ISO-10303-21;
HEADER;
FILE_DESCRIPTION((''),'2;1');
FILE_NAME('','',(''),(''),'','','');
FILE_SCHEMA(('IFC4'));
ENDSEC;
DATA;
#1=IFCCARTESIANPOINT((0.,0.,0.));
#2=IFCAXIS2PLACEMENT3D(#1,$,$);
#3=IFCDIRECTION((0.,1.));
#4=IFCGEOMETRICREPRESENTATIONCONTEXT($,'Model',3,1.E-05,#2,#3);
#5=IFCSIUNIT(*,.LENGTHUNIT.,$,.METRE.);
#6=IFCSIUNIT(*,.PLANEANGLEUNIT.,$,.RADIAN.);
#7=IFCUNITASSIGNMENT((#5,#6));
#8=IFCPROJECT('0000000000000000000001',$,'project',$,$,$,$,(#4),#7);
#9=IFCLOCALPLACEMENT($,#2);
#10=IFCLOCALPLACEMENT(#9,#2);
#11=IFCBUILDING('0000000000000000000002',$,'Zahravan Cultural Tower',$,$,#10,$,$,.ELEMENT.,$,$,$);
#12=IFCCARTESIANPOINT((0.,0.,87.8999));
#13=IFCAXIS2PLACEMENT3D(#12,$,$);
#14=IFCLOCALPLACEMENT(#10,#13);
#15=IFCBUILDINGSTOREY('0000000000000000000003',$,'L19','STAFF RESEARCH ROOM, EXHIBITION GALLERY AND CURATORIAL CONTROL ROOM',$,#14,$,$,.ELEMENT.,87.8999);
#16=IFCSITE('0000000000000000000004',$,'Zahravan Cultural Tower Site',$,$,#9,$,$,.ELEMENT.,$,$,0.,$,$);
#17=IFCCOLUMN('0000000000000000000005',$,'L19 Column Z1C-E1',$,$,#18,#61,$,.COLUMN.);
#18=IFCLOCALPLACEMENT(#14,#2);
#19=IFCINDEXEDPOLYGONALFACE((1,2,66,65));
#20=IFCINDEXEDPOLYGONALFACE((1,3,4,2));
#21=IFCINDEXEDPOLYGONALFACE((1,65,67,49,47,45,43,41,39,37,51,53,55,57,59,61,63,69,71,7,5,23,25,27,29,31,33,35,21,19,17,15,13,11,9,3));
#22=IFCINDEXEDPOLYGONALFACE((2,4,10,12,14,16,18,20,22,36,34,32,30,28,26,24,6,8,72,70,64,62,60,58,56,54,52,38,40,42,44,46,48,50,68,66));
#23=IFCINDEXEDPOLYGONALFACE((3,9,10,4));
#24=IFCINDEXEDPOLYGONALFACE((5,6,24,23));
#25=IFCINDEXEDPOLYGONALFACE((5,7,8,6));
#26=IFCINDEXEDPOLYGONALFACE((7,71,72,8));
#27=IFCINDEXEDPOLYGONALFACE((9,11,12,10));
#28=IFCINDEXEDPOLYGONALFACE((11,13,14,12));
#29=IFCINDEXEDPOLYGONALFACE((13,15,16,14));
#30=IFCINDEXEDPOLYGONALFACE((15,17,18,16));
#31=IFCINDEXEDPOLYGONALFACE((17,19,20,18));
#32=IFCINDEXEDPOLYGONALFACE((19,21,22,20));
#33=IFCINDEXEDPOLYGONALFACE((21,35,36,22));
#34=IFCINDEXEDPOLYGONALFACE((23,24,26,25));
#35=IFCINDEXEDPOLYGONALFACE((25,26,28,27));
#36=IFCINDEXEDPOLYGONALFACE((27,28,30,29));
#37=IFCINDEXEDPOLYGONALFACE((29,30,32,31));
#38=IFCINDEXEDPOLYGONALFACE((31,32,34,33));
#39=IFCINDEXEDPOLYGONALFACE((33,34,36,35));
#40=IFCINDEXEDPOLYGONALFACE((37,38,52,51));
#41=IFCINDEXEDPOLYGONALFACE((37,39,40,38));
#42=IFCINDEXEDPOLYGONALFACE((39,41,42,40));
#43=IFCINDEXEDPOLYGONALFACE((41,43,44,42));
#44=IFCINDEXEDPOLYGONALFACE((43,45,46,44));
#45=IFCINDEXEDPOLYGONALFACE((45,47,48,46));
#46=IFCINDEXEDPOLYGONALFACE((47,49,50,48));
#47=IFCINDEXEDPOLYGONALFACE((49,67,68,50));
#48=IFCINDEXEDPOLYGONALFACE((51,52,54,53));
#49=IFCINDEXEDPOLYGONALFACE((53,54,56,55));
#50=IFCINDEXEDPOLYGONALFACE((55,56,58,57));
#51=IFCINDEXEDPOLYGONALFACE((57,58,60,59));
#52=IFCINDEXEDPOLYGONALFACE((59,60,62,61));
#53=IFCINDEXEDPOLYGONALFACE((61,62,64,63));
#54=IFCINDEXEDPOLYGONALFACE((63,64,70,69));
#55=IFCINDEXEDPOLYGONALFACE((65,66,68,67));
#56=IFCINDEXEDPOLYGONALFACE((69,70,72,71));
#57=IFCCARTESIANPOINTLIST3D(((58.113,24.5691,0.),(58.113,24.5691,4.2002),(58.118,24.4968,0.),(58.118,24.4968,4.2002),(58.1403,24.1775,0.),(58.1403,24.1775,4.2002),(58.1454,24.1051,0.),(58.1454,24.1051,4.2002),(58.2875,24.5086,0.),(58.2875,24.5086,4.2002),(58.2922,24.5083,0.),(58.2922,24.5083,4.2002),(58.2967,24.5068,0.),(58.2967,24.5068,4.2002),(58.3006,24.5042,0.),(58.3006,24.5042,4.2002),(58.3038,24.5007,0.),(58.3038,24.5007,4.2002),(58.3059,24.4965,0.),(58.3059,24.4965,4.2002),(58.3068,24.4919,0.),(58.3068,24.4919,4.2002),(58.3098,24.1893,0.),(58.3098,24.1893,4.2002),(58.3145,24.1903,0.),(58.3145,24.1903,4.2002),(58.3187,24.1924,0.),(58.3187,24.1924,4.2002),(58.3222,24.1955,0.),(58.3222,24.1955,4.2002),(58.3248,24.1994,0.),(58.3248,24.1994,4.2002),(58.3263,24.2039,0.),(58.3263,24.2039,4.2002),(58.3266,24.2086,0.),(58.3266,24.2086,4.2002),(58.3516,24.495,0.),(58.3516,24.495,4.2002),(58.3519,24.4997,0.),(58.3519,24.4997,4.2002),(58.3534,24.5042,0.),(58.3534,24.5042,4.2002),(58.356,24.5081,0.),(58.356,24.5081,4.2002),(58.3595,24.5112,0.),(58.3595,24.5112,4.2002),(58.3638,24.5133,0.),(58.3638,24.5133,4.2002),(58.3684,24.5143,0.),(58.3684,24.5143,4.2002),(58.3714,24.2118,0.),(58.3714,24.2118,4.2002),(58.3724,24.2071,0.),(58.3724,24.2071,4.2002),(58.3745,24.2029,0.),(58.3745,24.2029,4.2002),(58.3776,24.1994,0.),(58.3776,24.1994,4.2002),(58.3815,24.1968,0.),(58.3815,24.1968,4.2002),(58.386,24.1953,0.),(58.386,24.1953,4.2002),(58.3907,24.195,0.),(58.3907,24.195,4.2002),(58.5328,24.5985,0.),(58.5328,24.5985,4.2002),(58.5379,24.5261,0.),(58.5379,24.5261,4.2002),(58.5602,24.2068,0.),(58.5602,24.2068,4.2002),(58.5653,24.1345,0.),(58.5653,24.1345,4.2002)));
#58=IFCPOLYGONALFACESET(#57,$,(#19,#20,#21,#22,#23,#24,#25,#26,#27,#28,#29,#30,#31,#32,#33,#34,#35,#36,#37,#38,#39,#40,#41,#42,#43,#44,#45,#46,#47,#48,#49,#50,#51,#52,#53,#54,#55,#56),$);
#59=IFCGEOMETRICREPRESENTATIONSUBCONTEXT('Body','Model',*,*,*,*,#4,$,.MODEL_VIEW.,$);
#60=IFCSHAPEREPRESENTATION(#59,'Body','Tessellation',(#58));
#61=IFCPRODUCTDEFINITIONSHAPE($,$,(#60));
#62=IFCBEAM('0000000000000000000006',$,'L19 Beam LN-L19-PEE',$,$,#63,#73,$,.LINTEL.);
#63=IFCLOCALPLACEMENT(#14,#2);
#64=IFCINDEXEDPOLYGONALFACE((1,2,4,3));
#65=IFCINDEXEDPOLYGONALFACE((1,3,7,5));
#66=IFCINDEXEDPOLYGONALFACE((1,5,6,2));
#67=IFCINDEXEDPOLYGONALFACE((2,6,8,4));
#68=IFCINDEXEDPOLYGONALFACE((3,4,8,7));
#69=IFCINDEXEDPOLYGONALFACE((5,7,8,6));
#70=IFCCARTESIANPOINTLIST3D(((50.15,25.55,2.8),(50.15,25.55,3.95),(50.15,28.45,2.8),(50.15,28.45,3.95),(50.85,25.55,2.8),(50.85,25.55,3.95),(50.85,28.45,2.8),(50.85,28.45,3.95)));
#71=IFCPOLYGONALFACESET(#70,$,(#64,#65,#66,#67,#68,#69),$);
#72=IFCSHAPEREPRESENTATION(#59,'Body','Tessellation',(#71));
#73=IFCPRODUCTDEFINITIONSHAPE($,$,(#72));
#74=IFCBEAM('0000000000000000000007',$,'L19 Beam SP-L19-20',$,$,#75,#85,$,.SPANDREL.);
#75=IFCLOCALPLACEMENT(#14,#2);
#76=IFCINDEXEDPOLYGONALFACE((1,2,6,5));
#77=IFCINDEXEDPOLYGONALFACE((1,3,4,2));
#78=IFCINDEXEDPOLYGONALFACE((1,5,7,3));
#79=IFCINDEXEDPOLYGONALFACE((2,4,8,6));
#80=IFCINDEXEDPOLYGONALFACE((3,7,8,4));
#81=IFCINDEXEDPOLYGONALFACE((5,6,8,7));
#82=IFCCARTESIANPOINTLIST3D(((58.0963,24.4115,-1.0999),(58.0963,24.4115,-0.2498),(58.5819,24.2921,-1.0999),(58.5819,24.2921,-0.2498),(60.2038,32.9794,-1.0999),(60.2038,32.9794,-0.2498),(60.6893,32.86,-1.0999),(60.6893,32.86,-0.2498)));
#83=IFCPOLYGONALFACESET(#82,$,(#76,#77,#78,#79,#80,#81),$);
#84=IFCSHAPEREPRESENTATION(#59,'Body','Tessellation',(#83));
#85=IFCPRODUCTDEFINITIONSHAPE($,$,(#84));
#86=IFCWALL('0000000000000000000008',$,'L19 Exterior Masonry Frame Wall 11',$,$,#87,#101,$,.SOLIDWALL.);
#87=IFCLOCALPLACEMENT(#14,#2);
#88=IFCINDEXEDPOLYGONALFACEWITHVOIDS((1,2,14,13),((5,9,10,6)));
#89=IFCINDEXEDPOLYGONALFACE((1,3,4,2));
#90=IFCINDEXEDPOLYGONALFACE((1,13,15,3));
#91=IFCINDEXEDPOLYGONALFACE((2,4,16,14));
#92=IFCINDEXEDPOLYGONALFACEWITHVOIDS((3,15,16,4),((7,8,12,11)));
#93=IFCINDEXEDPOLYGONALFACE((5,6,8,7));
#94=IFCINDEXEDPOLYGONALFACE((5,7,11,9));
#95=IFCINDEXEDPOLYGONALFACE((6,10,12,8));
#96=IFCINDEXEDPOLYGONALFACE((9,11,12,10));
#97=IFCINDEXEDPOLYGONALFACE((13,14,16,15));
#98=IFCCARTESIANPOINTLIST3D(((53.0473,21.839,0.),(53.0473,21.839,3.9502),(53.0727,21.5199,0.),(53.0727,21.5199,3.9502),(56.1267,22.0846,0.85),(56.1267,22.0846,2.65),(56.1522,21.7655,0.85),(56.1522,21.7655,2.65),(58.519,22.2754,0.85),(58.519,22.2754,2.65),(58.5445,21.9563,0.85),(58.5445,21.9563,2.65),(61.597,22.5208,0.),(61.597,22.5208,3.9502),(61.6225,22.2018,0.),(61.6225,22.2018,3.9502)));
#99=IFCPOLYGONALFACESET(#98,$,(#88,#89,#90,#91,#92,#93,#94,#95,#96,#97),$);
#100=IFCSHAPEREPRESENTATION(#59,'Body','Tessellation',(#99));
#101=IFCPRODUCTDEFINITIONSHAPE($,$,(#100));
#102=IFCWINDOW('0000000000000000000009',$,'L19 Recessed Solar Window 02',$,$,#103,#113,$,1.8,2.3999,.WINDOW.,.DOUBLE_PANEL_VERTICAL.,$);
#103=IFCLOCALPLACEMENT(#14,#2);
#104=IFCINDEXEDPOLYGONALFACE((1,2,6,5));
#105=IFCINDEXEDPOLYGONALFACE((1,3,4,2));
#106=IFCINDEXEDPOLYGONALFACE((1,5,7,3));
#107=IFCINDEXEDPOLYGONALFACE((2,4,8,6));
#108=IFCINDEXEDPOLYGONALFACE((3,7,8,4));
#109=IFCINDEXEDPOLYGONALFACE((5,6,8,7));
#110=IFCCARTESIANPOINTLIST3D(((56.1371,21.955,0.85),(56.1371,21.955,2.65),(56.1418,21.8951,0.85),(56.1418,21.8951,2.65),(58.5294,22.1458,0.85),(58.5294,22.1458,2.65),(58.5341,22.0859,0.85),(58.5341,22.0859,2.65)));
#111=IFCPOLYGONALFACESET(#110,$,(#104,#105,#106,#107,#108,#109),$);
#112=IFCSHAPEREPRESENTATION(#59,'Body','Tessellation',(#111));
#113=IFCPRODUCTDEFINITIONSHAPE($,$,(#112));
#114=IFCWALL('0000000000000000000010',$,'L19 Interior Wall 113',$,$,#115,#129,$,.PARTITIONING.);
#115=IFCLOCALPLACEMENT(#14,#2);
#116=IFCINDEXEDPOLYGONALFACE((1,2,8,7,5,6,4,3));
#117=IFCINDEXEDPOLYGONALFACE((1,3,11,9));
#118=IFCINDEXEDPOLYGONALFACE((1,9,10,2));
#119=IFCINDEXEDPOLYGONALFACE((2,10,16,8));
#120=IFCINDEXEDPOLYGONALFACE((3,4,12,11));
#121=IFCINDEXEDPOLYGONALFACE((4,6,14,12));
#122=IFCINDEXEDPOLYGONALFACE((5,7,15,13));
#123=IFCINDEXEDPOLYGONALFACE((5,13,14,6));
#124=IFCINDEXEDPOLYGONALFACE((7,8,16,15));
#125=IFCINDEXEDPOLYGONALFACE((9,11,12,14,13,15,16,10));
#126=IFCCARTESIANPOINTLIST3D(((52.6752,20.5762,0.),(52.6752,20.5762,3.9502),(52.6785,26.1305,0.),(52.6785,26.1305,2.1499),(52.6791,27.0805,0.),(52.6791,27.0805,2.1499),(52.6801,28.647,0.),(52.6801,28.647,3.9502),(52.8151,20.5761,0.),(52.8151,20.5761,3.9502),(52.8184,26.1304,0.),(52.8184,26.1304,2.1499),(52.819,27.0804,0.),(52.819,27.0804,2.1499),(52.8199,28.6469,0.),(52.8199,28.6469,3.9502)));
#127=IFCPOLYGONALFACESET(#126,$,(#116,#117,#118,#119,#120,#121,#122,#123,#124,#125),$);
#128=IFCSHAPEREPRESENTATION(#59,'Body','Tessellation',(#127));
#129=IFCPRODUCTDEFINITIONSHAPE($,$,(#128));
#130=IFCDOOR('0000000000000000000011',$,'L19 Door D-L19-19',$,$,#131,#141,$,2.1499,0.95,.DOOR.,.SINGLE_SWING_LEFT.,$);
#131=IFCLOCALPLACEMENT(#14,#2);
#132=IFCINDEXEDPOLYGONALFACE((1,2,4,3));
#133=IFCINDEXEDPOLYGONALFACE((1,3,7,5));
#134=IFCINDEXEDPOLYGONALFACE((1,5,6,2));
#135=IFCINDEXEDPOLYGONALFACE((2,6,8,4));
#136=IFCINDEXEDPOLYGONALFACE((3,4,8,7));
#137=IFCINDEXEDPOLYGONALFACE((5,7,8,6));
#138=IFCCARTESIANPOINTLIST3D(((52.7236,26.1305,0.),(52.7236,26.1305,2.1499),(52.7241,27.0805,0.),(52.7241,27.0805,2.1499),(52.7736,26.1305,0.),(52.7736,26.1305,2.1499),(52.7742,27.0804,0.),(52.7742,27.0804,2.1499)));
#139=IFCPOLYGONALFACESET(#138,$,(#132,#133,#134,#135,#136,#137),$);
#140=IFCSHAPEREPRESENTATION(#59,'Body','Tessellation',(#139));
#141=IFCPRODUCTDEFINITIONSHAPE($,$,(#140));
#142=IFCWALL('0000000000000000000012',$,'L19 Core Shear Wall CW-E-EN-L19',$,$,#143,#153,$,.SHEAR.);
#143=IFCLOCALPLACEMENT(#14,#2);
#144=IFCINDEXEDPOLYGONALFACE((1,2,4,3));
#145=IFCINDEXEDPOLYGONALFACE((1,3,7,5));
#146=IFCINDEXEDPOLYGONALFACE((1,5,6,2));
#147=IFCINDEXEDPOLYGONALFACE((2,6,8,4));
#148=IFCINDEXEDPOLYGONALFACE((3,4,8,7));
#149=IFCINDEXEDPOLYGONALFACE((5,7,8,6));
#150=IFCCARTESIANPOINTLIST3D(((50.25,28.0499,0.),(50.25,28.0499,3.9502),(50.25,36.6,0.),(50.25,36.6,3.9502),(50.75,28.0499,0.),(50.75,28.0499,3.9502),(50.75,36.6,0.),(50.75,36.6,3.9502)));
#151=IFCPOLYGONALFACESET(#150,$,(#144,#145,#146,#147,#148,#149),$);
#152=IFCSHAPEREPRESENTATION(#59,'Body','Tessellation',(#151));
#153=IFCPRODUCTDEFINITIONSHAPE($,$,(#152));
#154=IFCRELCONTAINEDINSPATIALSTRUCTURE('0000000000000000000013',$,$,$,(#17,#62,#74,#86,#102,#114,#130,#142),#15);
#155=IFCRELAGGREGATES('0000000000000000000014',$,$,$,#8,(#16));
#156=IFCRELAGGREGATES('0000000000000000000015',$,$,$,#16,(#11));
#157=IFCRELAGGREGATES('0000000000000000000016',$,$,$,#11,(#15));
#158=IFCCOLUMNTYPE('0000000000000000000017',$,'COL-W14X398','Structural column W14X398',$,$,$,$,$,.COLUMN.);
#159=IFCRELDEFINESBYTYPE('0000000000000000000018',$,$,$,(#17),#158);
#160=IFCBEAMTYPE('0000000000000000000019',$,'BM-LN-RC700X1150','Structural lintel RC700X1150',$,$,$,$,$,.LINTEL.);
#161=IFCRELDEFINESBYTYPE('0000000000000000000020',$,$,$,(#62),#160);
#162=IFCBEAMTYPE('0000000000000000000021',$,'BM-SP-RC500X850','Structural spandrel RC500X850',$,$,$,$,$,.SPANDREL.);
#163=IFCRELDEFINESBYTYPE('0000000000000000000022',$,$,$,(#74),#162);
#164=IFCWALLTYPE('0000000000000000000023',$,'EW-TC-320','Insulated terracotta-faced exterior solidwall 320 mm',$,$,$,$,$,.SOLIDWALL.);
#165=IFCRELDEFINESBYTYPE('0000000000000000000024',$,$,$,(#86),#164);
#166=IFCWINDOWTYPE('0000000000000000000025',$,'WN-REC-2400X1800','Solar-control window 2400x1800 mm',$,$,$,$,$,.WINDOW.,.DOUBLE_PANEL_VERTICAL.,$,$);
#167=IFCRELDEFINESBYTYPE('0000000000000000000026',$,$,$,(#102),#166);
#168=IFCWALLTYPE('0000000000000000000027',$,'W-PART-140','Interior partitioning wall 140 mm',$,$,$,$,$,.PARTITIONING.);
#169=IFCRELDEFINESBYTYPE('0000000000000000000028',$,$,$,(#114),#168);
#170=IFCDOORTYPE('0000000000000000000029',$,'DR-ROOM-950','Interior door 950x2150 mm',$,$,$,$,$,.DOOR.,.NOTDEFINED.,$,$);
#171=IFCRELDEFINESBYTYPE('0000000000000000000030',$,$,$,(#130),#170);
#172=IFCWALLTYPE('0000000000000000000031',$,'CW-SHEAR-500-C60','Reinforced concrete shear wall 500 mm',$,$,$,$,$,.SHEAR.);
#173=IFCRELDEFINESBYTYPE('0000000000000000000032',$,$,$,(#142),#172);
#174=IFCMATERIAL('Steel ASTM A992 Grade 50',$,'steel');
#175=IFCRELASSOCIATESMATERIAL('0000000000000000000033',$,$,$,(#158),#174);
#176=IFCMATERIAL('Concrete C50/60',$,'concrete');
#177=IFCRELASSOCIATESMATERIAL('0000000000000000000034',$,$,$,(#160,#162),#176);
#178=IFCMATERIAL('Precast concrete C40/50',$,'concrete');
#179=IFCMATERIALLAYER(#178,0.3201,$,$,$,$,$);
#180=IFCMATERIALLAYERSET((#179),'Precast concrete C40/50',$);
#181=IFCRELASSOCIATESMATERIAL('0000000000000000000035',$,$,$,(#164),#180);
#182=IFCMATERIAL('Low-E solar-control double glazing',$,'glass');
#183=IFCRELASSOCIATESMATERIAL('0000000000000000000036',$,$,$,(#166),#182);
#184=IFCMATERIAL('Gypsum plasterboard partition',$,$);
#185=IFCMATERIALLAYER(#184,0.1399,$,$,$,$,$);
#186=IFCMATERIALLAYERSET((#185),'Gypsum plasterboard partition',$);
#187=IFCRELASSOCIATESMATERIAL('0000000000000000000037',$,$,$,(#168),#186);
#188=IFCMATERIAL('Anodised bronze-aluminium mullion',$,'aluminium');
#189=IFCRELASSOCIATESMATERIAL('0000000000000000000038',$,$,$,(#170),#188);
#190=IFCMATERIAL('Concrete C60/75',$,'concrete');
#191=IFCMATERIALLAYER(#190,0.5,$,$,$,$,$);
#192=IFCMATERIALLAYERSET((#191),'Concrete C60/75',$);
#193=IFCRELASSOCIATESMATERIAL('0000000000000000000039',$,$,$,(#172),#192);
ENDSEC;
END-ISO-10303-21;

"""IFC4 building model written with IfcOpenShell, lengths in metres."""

from ifc_helpers import new_model, si_unit, direction, frame, frame_2d, origin, origin_2d, place, context, subcontext, project, spatial, rectangle, i_section, extrude, source, transform, mapped, material, layer, layer_set, material_profile, profile_set, type_object, element, fill, save


model = new_model("IFC4")

# Units and contexts
model_context = context("Model", 3, precision=1e-05, world=origin(), true_north=direction((0.0, 1.0)))
body_context = subcontext(model_context, "Body", "Model", "MODEL_VIEW")
ifc_project = project(units=[si_unit("LENGTHUNIT", "METRE"), si_unit("PLANEANGLEUNIT", "RADIAN")], contexts=[model_context])

# Site, building, storey
site_placement = place(None, origin())
site = spatial("IfcSite", under=ifc_project, at=site_placement, Name="Zahravan Cultural Tower Site", CompositionType="ELEMENT", RefElevation=0.0)
building_placement = place(site_placement, origin())
building = spatial("IfcBuilding", under=site, at=building_placement, Name="Zahravan Cultural Tower", CompositionType="ELEMENT")
storey_placement = place(building_placement, frame((0.0, 0.0, 87.8999)))
storey = spatial("IfcBuildingStorey", under=building, at=storey_placement, Name="L19", Description="STAFF RESEARCH ROOM, EXHIBITION GALLERY AND CURATORIAL CONTROL ROOM", CompositionType="ELEMENT", Elevation=87.8999)

# Column
ifc_material_1 = material(Name="Steel ASTM A992 Grade 50", Category="steel")
ifc_material_profile_1 = material_profile(ifc_material_1, i_section(OverallWidth=0.4209, OverallDepth=0.4651, WebThickness=0.0449, FlangeThickness=0.0725, FilletRadius=0.0181, at=origin_2d()), Name="W14X398")
ifc_profile_set_1 = profile_set([ifc_material_profile_1], Name="Steel ASTM A992 Grade 50")
column_type = type_object("IfcColumnType", Name="COL-W14X398", Description="Structural column W14X398", PredefinedType="COLUMN", material=ifc_profile_set_1)
shared_shape_1 = source(origin(), body_context, "Body", "SweptSolid", [
    extrude(i_section(OverallWidth=0.4209, OverallDepth=0.4651, WebThickness=0.0449, FlangeThickness=0.0725, FilletRadius=0.0181, at=origin_2d()), origin(), (0.0, 0.0, 1.0), 4.2002),
])
column_placement = place(storey_placement, frame((58.3391, 24.3518, 0.0), z_axis=(0.0, 0.0, 1.0), x_axis=(0.997564, 0.069756, 0.0)))
element("IfcColumn", 1, at=column_placement, inside=storey, type_object=column_type, Name="L19 Column Z1C-E1", PredefinedType="COLUMN", context=body_context, shape_type="MappedRepresentation", body=[
    mapped(shared_shape_1, transform((0.0, 0.0, 0.0), x_axis=(1.0, 0.0, 0.0), y_axis=(0.0, 1.0, 0.0), z_axis=(0.0, 0.0, 1.0), scale=1.0)),
])

# Beams
ifc_material_2 = material(Name="Concrete C50/60", Category="concrete")
ifc_material_profile_2 = material_profile(ifc_material_2, rectangle(XDim=0.7, YDim=1.1499, at=origin_2d()), Name="RC700X1150")
ifc_profile_set_2 = profile_set([ifc_material_profile_2], Name="Concrete C50/60")
beam_type_1 = type_object("IfcBeamType", Name="BM-LN-RC700X1150", Description="Structural lintel RC700X1150", PredefinedType="LINTEL", material=ifc_profile_set_2)
shared_shape_2 = source(origin(), body_context, "Body", "SweptSolid", [
    extrude(rectangle(XDim=0.7, YDim=1.1499, at=origin_2d()), origin(), (0.0, 0.0, 1.0), 2.8999),
])
beam_1_placement = place(storey_placement, frame((50.5, 25.55, 3.375), z_axis=(0.0, 1.0, 0.0), x_axis=(-1.0, 0.0, 0.0)))
element("IfcBeam", 2, at=beam_1_placement, inside=storey, type_object=beam_type_1, Name="L19 Beam LN-L19-PEE", PredefinedType="LINTEL", context=body_context, shape_type="MappedRepresentation", body=[
    mapped(shared_shape_2, transform((0.0, 0.0, 0.0), x_axis=(1.0, 0.0, 0.0), y_axis=(0.0, 1.0, 0.0), z_axis=(0.0, 0.0, 1.0), scale=1.0)),
])
ifc_material_profile_3 = material_profile(ifc_material_2, rectangle(XDim=0.5, YDim=0.8501, at=origin_2d()), Name="RC500X850")
ifc_profile_set_3 = profile_set([ifc_material_profile_3], Name="Concrete C50/60")
beam_type_2 = type_object("IfcBeamType", Name="BM-SP-RC500X850", Description="Structural spandrel RC500X850", PredefinedType="SPANDREL", material=ifc_profile_set_3)
shared_shape_3 = source(origin(), body_context, "Body", "SweptSolid", [
    extrude(rectangle(XDim=0.5, YDim=0.8501, at=origin_2d()), origin(), (0.0, 0.0, 1.0), 8.8232),
])
beam_2_placement = place(storey_placement, frame((58.3391, 24.3518, -0.6748), z_axis=(0.238849, 0.971057, 0.0), x_axis=(-0.971057, 0.238849, 0.0)))
element("IfcBeam", 3, at=beam_2_placement, inside=storey, type_object=beam_type_2, Name="L19 Beam SP-L19-20", PredefinedType="SPANDREL", context=body_context, shape_type="MappedRepresentation", body=[
    mapped(shared_shape_3, transform((0.0, 0.0, 0.0), x_axis=(1.0, 0.0, 0.0), y_axis=(0.0, 1.0, 0.0), z_axis=(0.0, 0.0, 1.0), scale=1.0)),
])

# Wall, opening, window
ifc_material_3 = material(Name="Precast concrete C40/50", Category="concrete")
ifc_layer_1 = layer(ifc_material_3, 0.3201)
ifc_layer_set_1 = layer_set([ifc_layer_1], Name="Precast concrete C40/50")
wall_type_1 = type_object("IfcWallType", Name="EW-TC-320", Description="Insulated terracotta-faced exterior solidwall 320 mm", PredefinedType="SOLIDWALL", material=ifc_layer_set_1)
wall_1_placement = place(storey_placement, frame((61.6099, 22.3613, 0.0), z_axis=(0.0, 0.0, 1.0), x_axis=(-0.996835, -0.079502, 0.0)))
wall_1 = element("IfcWall", 4, at=wall_1_placement, inside=storey, type_object=wall_type_1, Name="L19 Exterior Masonry Frame Wall 11", PredefinedType="SOLIDWALL", context=body_context, shape_type="SweptSolid", body=[
    extrude(rectangle(XDim=8.5769, YDim=0.3201, at=frame_2d((4.2886, 0.0))), origin(), (0.0, 0.0, 1.0), 3.9502),
])
opening_1_placement = place(wall_1_placement, frame((3.0879, 0.0, 0.8501)))
opening_1 = element("IfcOpeningElement", 5, at=opening_1_placement, cuts=wall_1, PredefinedType="OPENING", context=body_context, shape_type="SweptSolid", body=[
    extrude(rectangle(XDim=2.3999, YDim=1.8, at=frame_2d((1.2, 0.8999))), frame((0.0, 0.1699, 0.0), z_axis=(0.0, -1.0, 0.0), x_axis=(1.0, 0.0, 0.0)), (0.0, 0.0, 1.0), 0.3401),
])
ifc_material_4 = material(Name="Low-E solar-control double glazing", Category="glass")
window_type = type_object("IfcWindowType", Name="WN-REC-2400X1800", Description="Solar-control window 2400x1800 mm", PartitioningType="DOUBLE_PANEL_VERTICAL", PredefinedType="WINDOW", material=ifc_material_4)
shared_shape_4 = source(origin(), body_context, "Body", "SweptSolid", [
    extrude(rectangle(XDim=2.3999, YDim=1.8, at=frame_2d((1.2, 0.8999))), frame((0.0, 0.03, 0.0), z_axis=(0.0, -1.0, 0.0), x_axis=(1.0, 0.0, 0.0)), (0.0, 0.0, 1.0), 0.0601),
])
window_placement = place(opening_1_placement, origin())
window = element("IfcWindow", 6, at=window_placement, inside=storey, type_object=window_type, Name="L19 Recessed Solar Window 02", OverallHeight=1.8, OverallWidth=2.3999, PartitioningType="DOUBLE_PANEL_VERTICAL", PredefinedType="WINDOW", context=body_context, shape_type="MappedRepresentation", body=[
    mapped(shared_shape_4, transform((0.0, 0.0, 0.0), x_axis=(1.0, 0.0, 0.0), y_axis=(0.0, 1.0, 0.0), z_axis=(0.0, 0.0, 1.0), scale=1.0)),
])
fill(opening_1, window)

# Wall, opening, door
ifc_material_5 = material(Name="Gypsum plasterboard partition")
ifc_layer_2 = layer(ifc_material_5, 0.1399)
ifc_layer_set_2 = layer_set([ifc_layer_2], Name="Gypsum plasterboard partition")
wall_type_2 = type_object("IfcWallType", Name="W-PART-140", Description="Interior partitioning wall 140 mm", PredefinedType="PARTITIONING", material=ifc_layer_set_2)
wall_2_placement = place(storey_placement, frame((52.7451, 20.5762, 0.0), z_axis=(0.0, 0.0, 1.0), x_axis=(0.000605, 1.0, 0.0)))
wall_2 = element("IfcWall", 7, at=wall_2_placement, inside=storey, type_object=wall_type_2, Name="L19 Interior Wall 113", PredefinedType="PARTITIONING", context=body_context, shape_type="SweptSolid", body=[
    extrude(rectangle(XDim=8.0708, YDim=0.1399, at=frame_2d((4.0354, 0.0))), origin(), (0.0, 0.0, 1.0), 3.9502),
])
opening_2_placement = place(wall_2_placement, frame((5.5542, 0.0, 0.0)))
opening_2 = element("IfcOpeningElement", 8, at=opening_2_placement, cuts=wall_2, PredefinedType="OPENING", context=body_context, shape_type="SweptSolid", body=[
    extrude(rectangle(XDim=0.95, YDim=2.1499, at=frame_2d((0.4751, 1.075))), frame((0.0, 0.0798, 0.0), z_axis=(0.0, -1.0, 0.0), x_axis=(1.0, 0.0, 0.0)), (0.0, 0.0, 1.0), 0.1599),
])
ifc_material_6 = material(Name="Anodised bronze-aluminium mullion", Category="aluminium")
door_type = type_object("IfcDoorType", Name="DR-ROOM-950", Description="Interior door 950x2150 mm", OperationType="NOTDEFINED", PredefinedType="DOOR", material=ifc_material_6)
shared_shape_5 = source(origin(), body_context, "Body", "SweptSolid", [
    extrude(rectangle(XDim=0.95, YDim=2.1499, at=frame_2d((0.4751, 1.075))), frame((0.0, 0.0249, 0.0), z_axis=(0.0, -1.0, 0.0), x_axis=(1.0, 0.0, 0.0)), (0.0, 0.0, 1.0), 0.05),
])
door_placement = place(opening_2_placement, origin())
door = element("IfcDoor", 9, at=door_placement, inside=storey, type_object=door_type, Name="L19 Door D-L19-19", OperationType="SINGLE_SWING_LEFT", OverallHeight=2.1499, OverallWidth=0.95, PredefinedType="DOOR", context=body_context, shape_type="MappedRepresentation", body=[
    mapped(shared_shape_5, transform((0.0, 0.0, 0.0), x_axis=(1.0, 0.0, 0.0), y_axis=(0.0, 1.0, 0.0), z_axis=(0.0, 0.0, 1.0), scale=1.0)),
])
fill(opening_2, door)

# Wall
ifc_material_7 = material(Name="Concrete C60/75", Category="concrete")
ifc_layer_3 = layer(ifc_material_7, 0.5)
ifc_layer_set_3 = layer_set([ifc_layer_3], Name="Concrete C60/75")
wall_type_3 = type_object("IfcWallType", Name="CW-SHEAR-500-C60", Description="Reinforced concrete shear wall 500 mm", PredefinedType="SHEAR", material=ifc_layer_set_3)
shared_shape_6 = source(origin(), body_context, "Body", "SweptSolid", [
    extrude(rectangle(XDim=8.55, YDim=0.5, at=frame_2d((4.2749, 0.0))), origin(), (0.0, 0.0, 1.0), 3.9502),
])
wall_3_placement = place(storey_placement, frame((50.5, 28.05, 0.0), z_axis=(0.0, 0.0, 1.0), x_axis=(0.0, 1.0, 0.0)))
element("IfcWall", 10, at=wall_3_placement, inside=storey, type_object=wall_type_3, Name="L19 Core Shear Wall CW-E-EN-L19", PredefinedType="SHEAR", context=body_context, shape_type="MappedRepresentation", body=[
    mapped(shared_shape_6, transform((0.0, 0.0, 0.0), x_axis=(1.0, 0.0, 0.0), y_axis=(0.0, 1.0, 0.0), z_axis=(0.0, 0.0, 1.0), scale=1.0)),
])

save(model, "model.ifc")
